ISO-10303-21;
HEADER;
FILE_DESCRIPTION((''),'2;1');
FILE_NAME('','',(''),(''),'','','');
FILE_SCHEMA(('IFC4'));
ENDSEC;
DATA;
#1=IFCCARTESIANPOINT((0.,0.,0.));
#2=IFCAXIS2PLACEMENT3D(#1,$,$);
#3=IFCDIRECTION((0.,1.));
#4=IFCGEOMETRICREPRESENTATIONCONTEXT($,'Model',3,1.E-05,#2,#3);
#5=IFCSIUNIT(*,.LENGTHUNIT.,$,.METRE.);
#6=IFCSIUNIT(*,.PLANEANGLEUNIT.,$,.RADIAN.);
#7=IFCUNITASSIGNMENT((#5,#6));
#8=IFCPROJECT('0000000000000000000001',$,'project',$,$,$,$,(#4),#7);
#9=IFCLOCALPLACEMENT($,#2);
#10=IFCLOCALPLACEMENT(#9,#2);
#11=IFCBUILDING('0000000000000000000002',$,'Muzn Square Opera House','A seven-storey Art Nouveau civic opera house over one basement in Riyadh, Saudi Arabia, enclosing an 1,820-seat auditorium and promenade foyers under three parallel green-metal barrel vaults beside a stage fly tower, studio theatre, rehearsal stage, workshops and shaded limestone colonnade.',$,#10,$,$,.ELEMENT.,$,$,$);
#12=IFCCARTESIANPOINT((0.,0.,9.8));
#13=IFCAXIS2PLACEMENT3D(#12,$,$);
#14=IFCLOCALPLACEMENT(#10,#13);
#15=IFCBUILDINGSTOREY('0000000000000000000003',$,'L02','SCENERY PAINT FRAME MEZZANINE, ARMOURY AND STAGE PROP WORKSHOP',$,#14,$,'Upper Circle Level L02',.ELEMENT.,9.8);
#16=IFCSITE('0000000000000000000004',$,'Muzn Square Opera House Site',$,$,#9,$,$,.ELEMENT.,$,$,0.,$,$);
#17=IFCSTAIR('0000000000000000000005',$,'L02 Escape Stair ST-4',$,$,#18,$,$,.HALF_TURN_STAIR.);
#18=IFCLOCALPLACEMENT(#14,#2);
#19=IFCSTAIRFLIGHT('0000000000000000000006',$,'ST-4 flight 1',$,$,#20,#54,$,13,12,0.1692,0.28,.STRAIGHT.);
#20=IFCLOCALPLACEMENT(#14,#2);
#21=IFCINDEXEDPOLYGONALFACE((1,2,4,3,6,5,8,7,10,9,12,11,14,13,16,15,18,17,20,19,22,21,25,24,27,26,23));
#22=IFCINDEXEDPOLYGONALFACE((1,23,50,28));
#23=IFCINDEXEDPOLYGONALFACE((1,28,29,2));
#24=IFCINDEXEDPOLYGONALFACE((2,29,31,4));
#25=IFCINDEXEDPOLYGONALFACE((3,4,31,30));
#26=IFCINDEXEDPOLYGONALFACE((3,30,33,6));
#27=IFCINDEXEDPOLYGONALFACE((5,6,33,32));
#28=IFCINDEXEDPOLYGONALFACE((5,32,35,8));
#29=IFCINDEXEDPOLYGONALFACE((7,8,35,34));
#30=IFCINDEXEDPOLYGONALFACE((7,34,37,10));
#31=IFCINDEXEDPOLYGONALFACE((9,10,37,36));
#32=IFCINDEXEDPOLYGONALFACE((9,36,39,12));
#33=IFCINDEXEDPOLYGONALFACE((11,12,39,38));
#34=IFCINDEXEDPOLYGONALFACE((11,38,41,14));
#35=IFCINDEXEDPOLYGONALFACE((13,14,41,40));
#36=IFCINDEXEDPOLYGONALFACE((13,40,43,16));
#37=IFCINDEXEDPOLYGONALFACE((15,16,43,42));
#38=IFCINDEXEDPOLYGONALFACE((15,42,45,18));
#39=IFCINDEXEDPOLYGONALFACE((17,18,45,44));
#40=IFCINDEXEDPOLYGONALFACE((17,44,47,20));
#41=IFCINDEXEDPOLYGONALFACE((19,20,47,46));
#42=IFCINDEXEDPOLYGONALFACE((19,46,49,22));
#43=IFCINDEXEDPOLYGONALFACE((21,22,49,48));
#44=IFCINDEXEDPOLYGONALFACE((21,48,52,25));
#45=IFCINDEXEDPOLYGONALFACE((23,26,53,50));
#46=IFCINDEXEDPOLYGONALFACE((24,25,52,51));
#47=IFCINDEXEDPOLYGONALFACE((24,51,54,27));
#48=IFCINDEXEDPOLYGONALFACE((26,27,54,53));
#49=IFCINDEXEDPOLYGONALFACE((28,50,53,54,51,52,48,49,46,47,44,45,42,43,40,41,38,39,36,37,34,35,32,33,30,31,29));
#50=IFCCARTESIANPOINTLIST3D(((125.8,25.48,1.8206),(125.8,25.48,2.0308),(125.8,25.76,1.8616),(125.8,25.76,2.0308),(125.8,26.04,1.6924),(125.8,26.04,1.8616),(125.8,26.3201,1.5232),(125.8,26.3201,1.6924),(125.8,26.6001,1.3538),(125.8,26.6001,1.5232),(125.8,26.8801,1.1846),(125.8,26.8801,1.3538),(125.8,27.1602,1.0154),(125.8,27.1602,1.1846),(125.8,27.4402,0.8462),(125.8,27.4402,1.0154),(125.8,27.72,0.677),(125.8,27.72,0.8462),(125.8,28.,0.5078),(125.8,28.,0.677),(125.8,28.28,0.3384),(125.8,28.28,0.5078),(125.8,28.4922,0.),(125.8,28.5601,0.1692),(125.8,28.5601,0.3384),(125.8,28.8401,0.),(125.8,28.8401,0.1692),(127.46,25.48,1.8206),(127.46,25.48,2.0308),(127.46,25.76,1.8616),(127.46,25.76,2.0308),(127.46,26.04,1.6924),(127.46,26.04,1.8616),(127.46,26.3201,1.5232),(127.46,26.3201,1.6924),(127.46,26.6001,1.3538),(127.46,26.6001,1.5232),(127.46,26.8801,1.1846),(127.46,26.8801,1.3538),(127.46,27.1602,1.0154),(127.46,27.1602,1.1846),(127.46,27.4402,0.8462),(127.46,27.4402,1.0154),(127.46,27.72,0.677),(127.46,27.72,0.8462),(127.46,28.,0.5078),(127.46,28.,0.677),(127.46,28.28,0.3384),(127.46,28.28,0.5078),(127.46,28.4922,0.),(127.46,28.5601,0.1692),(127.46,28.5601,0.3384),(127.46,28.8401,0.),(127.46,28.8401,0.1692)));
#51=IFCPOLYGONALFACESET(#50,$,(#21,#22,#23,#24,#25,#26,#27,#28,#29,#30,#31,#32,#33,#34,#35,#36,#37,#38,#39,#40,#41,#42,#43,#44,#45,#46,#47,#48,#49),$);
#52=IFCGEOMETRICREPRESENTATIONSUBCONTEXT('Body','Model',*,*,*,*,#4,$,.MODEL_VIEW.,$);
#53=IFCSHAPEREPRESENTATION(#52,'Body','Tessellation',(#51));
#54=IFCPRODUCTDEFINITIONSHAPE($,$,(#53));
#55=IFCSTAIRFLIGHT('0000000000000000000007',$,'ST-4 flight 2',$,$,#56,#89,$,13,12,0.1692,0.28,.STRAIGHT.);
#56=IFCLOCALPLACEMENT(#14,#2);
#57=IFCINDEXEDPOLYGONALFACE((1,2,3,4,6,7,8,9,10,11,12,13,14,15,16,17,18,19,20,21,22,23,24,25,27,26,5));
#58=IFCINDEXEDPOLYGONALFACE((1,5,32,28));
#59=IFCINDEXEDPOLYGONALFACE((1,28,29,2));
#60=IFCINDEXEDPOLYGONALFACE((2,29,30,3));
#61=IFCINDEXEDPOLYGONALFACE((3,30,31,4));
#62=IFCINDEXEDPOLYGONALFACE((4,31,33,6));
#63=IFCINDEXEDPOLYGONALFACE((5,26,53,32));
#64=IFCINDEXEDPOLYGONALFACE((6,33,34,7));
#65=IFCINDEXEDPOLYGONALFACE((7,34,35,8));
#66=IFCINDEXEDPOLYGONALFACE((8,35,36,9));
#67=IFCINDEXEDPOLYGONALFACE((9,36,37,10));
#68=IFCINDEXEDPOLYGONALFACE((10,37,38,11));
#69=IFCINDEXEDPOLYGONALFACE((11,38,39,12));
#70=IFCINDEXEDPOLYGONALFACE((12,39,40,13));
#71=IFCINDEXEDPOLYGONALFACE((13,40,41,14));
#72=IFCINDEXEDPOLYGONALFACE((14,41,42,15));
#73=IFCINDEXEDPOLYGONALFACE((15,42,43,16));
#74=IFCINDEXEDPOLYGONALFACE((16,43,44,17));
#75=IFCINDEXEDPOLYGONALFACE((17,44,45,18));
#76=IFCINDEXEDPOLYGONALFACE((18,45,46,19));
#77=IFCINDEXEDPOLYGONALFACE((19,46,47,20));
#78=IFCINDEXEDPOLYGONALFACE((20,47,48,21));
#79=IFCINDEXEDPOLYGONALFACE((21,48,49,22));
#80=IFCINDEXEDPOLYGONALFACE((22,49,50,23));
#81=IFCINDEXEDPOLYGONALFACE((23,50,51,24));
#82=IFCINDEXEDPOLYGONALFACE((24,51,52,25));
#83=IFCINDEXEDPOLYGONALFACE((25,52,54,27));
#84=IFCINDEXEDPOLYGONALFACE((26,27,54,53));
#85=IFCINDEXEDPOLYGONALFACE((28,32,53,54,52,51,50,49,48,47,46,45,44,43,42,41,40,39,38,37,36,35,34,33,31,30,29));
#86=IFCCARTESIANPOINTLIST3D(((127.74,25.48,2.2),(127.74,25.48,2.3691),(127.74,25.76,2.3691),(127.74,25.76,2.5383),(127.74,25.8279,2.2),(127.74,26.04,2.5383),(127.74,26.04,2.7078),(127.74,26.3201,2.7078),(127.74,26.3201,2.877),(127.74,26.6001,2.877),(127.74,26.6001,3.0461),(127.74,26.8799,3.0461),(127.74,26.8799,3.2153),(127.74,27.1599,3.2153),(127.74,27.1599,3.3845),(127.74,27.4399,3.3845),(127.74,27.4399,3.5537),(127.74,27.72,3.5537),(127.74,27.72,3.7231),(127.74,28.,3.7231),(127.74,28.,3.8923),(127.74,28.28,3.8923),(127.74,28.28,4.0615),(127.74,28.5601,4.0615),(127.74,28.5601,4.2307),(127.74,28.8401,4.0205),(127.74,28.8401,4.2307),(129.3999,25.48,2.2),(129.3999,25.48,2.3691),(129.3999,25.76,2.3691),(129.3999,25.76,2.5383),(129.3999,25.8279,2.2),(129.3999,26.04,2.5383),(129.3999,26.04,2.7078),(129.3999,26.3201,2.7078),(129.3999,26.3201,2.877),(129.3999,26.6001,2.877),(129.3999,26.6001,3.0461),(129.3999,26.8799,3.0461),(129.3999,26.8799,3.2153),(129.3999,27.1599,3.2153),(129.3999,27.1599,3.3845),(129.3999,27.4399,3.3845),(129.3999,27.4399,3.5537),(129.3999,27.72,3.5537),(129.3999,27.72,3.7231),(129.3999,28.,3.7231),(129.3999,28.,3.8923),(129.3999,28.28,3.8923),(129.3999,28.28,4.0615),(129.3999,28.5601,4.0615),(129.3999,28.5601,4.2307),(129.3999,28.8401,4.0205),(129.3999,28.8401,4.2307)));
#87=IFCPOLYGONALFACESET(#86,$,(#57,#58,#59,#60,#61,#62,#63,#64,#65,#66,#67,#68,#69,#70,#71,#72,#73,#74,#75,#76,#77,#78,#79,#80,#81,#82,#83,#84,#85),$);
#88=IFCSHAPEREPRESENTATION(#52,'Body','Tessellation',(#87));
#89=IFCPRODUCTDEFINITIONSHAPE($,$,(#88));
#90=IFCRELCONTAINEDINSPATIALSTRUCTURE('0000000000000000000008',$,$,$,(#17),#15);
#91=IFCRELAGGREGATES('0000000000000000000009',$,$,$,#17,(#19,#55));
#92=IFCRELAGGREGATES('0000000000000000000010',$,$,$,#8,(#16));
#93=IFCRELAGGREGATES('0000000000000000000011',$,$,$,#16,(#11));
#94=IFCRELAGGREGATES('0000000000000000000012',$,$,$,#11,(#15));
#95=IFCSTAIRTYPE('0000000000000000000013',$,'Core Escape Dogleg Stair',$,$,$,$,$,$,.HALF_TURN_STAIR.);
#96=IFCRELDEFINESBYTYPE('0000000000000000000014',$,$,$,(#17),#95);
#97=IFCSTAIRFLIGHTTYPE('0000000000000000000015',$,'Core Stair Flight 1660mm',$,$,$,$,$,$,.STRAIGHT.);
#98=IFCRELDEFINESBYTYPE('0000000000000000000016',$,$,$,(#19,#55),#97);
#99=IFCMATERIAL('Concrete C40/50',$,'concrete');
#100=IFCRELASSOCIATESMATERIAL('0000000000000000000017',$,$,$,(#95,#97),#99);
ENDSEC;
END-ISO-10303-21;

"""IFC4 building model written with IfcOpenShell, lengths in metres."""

from ifc_helpers import new_model, si_unit, direction, frame, origin, place, context, subcontext, project, spatial, polyline, outline, extrude, material, type_object, element, aggregate, save


model = new_model("IFC4")

# Units and contexts
model_context = context("Model", 3, precision=1e-05, world=origin(), true_north=direction((0.0, 1.0)))
body_context = subcontext(model_context, "Body", "Model", "MODEL_VIEW")
ifc_project = project(units=[si_unit("LENGTHUNIT", "METRE"), si_unit("PLANEANGLEUNIT", "RADIAN")], contexts=[model_context])

# Site, building, storey
site_placement = place(None, origin())
site = spatial("IfcSite", under=ifc_project, at=site_placement, Name="Muzn Square Opera House Site", CompositionType="ELEMENT", RefElevation=0.0)
building_placement = place(site_placement, origin())
building = spatial("IfcBuilding", under=site, at=building_placement, Name="Muzn Square Opera House", Description="A seven-storey Art Nouveau civic opera house over one basement in Riyadh, Saudi Arabia, enclosing an 1,820-seat auditorium and promenade foyers under three parallel green-metal barrel vaults beside a stage fly tower, studio theatre, rehearsal stage, workshops and shaded limestone colonnade.", CompositionType="ELEMENT")
storey_placement = place(building_placement, frame((0.0, 0.0, 9.8)))
storey = spatial("IfcBuildingStorey", under=building, at=storey_placement, Name="L02", Description="SCENERY PAINT FRAME MEZZANINE, ARMOURY AND STAGE PROP WORKSHOP", LongName="Upper Circle Level L02", CompositionType="ELEMENT", Elevation=9.8)

# Shared definitions
ifc_material_1 = material(Name="Concrete C40/50", Category="concrete")

# Stair, stair flights
stair_type = type_object("IfcStairType", Name="Core Escape Dogleg Stair", PredefinedType="HALF_TURN_STAIR", material=ifc_material_1)
stair_placement = place(storey_placement, origin())
stair = element("IfcStair", 1, at=stair_placement, inside=storey, type_object=stair_type, Name="L02 Escape Stair ST-4", PredefinedType="HALF_TURN_STAIR")
stair_flight_type = type_object("IfcStairFlightType", Name="Core Stair Flight 1660mm", PredefinedType="STRAIGHT", material=ifc_material_1)
stair_flight_1_placement = place(storey_placement, frame((126.6299, 28.8401, 0.0), z_axis=(0.0, 0.0, 1.0), x_axis=(0.0, -1.0, 0.0)))
stair_flight_1 = element("IfcStairFlight", 2, at=stair_flight_1_placement, type_object=stair_flight_type, Name="ST-4 flight 1", NumberOfRisers=13, NumberOfTreads=12, PredefinedType="STRAIGHT", RiserHeight=0.1692, TreadLength=0.28, context=body_context, shape_type="SweptSolid", body=[
    extrude(outline(polyline([(0.0, 0.0), (0.0, 0.1692), (0.28, 0.1692), (0.28, 0.3384), (0.5601, 0.3384), (0.5601, 0.5078), (0.8401, 0.5078), (0.8401, 0.677), (1.1201, 0.677), (1.1201, 0.8462), (1.3999, 0.8462), (1.3999, 1.0154), (1.6799, 1.0154), (1.6799, 1.1846), (1.96, 1.1846), (1.96, 1.3538), (2.24, 1.3538), (2.24, 1.5232), (2.52, 1.5232), (2.52, 1.6924), (2.8, 1.6924), (2.8, 1.8616), (3.0801, 1.8616), (3.0801, 2.0308), (3.3601, 2.0308), (3.3601, 2.2), (3.3601, 1.8206), (0.3479, 0.0), (0.0, 0.0)])), frame((0.0, 0.8301, 0.0), z_axis=(0.0, -1.0, 0.0), x_axis=(1.0, 0.0, 0.0)), (0.0, 0.0, 1.0), 1.6599),
])
stair_flight_2_placement = place(storey_placement, frame((128.5701, 25.48, 2.2), z_axis=(0.0, 0.0, 1.0), x_axis=(0.0, 1.0, 0.0)))
stair_flight_2 = element("IfcStairFlight", 3, at=stair_flight_2_placement, type_object=stair_flight_type, Name="ST-4 flight 2", NumberOfRisers=13, NumberOfTreads=12, PredefinedType="STRAIGHT", RiserHeight=0.1692, TreadLength=0.28, context=body_context, shape_type="SweptSolid", body=[
    extrude(outline(polyline([(0.0, 0.0), (0.0, 0.1692), (0.28, 0.1692), (0.28, 0.3384), (0.5601, 0.3384), (0.5601, 0.5078), (0.8401, 0.5078), (0.8401, 0.677), (1.1201, 0.677), (1.1201, 0.8462), (1.3999, 0.8462), (1.3999, 1.0154), (1.6799, 1.0154), (1.6799, 1.1846), (1.96, 1.1846), (1.96, 1.3538), (2.24, 1.3538), (2.24, 1.5232), (2.52, 1.5232), (2.52, 1.6924), (2.8, 1.6924), (2.8, 1.8616), (3.0801, 1.8616), (3.0801, 2.0308), (3.3601, 2.0308), (3.3601, 2.2), (3.3601, 1.8206), (0.3479, 0.0), (0.0, 0.0)])), frame((0.0, 0.8301, 0.0), z_axis=(0.0, -1.0, 0.0), x_axis=(1.0, 0.0, 0.0)), (0.0, 0.0, 1.0), 1.6599),
])
aggregate(stair, [stair_flight_1, stair_flight_2])

save(model, "model.ifc")
